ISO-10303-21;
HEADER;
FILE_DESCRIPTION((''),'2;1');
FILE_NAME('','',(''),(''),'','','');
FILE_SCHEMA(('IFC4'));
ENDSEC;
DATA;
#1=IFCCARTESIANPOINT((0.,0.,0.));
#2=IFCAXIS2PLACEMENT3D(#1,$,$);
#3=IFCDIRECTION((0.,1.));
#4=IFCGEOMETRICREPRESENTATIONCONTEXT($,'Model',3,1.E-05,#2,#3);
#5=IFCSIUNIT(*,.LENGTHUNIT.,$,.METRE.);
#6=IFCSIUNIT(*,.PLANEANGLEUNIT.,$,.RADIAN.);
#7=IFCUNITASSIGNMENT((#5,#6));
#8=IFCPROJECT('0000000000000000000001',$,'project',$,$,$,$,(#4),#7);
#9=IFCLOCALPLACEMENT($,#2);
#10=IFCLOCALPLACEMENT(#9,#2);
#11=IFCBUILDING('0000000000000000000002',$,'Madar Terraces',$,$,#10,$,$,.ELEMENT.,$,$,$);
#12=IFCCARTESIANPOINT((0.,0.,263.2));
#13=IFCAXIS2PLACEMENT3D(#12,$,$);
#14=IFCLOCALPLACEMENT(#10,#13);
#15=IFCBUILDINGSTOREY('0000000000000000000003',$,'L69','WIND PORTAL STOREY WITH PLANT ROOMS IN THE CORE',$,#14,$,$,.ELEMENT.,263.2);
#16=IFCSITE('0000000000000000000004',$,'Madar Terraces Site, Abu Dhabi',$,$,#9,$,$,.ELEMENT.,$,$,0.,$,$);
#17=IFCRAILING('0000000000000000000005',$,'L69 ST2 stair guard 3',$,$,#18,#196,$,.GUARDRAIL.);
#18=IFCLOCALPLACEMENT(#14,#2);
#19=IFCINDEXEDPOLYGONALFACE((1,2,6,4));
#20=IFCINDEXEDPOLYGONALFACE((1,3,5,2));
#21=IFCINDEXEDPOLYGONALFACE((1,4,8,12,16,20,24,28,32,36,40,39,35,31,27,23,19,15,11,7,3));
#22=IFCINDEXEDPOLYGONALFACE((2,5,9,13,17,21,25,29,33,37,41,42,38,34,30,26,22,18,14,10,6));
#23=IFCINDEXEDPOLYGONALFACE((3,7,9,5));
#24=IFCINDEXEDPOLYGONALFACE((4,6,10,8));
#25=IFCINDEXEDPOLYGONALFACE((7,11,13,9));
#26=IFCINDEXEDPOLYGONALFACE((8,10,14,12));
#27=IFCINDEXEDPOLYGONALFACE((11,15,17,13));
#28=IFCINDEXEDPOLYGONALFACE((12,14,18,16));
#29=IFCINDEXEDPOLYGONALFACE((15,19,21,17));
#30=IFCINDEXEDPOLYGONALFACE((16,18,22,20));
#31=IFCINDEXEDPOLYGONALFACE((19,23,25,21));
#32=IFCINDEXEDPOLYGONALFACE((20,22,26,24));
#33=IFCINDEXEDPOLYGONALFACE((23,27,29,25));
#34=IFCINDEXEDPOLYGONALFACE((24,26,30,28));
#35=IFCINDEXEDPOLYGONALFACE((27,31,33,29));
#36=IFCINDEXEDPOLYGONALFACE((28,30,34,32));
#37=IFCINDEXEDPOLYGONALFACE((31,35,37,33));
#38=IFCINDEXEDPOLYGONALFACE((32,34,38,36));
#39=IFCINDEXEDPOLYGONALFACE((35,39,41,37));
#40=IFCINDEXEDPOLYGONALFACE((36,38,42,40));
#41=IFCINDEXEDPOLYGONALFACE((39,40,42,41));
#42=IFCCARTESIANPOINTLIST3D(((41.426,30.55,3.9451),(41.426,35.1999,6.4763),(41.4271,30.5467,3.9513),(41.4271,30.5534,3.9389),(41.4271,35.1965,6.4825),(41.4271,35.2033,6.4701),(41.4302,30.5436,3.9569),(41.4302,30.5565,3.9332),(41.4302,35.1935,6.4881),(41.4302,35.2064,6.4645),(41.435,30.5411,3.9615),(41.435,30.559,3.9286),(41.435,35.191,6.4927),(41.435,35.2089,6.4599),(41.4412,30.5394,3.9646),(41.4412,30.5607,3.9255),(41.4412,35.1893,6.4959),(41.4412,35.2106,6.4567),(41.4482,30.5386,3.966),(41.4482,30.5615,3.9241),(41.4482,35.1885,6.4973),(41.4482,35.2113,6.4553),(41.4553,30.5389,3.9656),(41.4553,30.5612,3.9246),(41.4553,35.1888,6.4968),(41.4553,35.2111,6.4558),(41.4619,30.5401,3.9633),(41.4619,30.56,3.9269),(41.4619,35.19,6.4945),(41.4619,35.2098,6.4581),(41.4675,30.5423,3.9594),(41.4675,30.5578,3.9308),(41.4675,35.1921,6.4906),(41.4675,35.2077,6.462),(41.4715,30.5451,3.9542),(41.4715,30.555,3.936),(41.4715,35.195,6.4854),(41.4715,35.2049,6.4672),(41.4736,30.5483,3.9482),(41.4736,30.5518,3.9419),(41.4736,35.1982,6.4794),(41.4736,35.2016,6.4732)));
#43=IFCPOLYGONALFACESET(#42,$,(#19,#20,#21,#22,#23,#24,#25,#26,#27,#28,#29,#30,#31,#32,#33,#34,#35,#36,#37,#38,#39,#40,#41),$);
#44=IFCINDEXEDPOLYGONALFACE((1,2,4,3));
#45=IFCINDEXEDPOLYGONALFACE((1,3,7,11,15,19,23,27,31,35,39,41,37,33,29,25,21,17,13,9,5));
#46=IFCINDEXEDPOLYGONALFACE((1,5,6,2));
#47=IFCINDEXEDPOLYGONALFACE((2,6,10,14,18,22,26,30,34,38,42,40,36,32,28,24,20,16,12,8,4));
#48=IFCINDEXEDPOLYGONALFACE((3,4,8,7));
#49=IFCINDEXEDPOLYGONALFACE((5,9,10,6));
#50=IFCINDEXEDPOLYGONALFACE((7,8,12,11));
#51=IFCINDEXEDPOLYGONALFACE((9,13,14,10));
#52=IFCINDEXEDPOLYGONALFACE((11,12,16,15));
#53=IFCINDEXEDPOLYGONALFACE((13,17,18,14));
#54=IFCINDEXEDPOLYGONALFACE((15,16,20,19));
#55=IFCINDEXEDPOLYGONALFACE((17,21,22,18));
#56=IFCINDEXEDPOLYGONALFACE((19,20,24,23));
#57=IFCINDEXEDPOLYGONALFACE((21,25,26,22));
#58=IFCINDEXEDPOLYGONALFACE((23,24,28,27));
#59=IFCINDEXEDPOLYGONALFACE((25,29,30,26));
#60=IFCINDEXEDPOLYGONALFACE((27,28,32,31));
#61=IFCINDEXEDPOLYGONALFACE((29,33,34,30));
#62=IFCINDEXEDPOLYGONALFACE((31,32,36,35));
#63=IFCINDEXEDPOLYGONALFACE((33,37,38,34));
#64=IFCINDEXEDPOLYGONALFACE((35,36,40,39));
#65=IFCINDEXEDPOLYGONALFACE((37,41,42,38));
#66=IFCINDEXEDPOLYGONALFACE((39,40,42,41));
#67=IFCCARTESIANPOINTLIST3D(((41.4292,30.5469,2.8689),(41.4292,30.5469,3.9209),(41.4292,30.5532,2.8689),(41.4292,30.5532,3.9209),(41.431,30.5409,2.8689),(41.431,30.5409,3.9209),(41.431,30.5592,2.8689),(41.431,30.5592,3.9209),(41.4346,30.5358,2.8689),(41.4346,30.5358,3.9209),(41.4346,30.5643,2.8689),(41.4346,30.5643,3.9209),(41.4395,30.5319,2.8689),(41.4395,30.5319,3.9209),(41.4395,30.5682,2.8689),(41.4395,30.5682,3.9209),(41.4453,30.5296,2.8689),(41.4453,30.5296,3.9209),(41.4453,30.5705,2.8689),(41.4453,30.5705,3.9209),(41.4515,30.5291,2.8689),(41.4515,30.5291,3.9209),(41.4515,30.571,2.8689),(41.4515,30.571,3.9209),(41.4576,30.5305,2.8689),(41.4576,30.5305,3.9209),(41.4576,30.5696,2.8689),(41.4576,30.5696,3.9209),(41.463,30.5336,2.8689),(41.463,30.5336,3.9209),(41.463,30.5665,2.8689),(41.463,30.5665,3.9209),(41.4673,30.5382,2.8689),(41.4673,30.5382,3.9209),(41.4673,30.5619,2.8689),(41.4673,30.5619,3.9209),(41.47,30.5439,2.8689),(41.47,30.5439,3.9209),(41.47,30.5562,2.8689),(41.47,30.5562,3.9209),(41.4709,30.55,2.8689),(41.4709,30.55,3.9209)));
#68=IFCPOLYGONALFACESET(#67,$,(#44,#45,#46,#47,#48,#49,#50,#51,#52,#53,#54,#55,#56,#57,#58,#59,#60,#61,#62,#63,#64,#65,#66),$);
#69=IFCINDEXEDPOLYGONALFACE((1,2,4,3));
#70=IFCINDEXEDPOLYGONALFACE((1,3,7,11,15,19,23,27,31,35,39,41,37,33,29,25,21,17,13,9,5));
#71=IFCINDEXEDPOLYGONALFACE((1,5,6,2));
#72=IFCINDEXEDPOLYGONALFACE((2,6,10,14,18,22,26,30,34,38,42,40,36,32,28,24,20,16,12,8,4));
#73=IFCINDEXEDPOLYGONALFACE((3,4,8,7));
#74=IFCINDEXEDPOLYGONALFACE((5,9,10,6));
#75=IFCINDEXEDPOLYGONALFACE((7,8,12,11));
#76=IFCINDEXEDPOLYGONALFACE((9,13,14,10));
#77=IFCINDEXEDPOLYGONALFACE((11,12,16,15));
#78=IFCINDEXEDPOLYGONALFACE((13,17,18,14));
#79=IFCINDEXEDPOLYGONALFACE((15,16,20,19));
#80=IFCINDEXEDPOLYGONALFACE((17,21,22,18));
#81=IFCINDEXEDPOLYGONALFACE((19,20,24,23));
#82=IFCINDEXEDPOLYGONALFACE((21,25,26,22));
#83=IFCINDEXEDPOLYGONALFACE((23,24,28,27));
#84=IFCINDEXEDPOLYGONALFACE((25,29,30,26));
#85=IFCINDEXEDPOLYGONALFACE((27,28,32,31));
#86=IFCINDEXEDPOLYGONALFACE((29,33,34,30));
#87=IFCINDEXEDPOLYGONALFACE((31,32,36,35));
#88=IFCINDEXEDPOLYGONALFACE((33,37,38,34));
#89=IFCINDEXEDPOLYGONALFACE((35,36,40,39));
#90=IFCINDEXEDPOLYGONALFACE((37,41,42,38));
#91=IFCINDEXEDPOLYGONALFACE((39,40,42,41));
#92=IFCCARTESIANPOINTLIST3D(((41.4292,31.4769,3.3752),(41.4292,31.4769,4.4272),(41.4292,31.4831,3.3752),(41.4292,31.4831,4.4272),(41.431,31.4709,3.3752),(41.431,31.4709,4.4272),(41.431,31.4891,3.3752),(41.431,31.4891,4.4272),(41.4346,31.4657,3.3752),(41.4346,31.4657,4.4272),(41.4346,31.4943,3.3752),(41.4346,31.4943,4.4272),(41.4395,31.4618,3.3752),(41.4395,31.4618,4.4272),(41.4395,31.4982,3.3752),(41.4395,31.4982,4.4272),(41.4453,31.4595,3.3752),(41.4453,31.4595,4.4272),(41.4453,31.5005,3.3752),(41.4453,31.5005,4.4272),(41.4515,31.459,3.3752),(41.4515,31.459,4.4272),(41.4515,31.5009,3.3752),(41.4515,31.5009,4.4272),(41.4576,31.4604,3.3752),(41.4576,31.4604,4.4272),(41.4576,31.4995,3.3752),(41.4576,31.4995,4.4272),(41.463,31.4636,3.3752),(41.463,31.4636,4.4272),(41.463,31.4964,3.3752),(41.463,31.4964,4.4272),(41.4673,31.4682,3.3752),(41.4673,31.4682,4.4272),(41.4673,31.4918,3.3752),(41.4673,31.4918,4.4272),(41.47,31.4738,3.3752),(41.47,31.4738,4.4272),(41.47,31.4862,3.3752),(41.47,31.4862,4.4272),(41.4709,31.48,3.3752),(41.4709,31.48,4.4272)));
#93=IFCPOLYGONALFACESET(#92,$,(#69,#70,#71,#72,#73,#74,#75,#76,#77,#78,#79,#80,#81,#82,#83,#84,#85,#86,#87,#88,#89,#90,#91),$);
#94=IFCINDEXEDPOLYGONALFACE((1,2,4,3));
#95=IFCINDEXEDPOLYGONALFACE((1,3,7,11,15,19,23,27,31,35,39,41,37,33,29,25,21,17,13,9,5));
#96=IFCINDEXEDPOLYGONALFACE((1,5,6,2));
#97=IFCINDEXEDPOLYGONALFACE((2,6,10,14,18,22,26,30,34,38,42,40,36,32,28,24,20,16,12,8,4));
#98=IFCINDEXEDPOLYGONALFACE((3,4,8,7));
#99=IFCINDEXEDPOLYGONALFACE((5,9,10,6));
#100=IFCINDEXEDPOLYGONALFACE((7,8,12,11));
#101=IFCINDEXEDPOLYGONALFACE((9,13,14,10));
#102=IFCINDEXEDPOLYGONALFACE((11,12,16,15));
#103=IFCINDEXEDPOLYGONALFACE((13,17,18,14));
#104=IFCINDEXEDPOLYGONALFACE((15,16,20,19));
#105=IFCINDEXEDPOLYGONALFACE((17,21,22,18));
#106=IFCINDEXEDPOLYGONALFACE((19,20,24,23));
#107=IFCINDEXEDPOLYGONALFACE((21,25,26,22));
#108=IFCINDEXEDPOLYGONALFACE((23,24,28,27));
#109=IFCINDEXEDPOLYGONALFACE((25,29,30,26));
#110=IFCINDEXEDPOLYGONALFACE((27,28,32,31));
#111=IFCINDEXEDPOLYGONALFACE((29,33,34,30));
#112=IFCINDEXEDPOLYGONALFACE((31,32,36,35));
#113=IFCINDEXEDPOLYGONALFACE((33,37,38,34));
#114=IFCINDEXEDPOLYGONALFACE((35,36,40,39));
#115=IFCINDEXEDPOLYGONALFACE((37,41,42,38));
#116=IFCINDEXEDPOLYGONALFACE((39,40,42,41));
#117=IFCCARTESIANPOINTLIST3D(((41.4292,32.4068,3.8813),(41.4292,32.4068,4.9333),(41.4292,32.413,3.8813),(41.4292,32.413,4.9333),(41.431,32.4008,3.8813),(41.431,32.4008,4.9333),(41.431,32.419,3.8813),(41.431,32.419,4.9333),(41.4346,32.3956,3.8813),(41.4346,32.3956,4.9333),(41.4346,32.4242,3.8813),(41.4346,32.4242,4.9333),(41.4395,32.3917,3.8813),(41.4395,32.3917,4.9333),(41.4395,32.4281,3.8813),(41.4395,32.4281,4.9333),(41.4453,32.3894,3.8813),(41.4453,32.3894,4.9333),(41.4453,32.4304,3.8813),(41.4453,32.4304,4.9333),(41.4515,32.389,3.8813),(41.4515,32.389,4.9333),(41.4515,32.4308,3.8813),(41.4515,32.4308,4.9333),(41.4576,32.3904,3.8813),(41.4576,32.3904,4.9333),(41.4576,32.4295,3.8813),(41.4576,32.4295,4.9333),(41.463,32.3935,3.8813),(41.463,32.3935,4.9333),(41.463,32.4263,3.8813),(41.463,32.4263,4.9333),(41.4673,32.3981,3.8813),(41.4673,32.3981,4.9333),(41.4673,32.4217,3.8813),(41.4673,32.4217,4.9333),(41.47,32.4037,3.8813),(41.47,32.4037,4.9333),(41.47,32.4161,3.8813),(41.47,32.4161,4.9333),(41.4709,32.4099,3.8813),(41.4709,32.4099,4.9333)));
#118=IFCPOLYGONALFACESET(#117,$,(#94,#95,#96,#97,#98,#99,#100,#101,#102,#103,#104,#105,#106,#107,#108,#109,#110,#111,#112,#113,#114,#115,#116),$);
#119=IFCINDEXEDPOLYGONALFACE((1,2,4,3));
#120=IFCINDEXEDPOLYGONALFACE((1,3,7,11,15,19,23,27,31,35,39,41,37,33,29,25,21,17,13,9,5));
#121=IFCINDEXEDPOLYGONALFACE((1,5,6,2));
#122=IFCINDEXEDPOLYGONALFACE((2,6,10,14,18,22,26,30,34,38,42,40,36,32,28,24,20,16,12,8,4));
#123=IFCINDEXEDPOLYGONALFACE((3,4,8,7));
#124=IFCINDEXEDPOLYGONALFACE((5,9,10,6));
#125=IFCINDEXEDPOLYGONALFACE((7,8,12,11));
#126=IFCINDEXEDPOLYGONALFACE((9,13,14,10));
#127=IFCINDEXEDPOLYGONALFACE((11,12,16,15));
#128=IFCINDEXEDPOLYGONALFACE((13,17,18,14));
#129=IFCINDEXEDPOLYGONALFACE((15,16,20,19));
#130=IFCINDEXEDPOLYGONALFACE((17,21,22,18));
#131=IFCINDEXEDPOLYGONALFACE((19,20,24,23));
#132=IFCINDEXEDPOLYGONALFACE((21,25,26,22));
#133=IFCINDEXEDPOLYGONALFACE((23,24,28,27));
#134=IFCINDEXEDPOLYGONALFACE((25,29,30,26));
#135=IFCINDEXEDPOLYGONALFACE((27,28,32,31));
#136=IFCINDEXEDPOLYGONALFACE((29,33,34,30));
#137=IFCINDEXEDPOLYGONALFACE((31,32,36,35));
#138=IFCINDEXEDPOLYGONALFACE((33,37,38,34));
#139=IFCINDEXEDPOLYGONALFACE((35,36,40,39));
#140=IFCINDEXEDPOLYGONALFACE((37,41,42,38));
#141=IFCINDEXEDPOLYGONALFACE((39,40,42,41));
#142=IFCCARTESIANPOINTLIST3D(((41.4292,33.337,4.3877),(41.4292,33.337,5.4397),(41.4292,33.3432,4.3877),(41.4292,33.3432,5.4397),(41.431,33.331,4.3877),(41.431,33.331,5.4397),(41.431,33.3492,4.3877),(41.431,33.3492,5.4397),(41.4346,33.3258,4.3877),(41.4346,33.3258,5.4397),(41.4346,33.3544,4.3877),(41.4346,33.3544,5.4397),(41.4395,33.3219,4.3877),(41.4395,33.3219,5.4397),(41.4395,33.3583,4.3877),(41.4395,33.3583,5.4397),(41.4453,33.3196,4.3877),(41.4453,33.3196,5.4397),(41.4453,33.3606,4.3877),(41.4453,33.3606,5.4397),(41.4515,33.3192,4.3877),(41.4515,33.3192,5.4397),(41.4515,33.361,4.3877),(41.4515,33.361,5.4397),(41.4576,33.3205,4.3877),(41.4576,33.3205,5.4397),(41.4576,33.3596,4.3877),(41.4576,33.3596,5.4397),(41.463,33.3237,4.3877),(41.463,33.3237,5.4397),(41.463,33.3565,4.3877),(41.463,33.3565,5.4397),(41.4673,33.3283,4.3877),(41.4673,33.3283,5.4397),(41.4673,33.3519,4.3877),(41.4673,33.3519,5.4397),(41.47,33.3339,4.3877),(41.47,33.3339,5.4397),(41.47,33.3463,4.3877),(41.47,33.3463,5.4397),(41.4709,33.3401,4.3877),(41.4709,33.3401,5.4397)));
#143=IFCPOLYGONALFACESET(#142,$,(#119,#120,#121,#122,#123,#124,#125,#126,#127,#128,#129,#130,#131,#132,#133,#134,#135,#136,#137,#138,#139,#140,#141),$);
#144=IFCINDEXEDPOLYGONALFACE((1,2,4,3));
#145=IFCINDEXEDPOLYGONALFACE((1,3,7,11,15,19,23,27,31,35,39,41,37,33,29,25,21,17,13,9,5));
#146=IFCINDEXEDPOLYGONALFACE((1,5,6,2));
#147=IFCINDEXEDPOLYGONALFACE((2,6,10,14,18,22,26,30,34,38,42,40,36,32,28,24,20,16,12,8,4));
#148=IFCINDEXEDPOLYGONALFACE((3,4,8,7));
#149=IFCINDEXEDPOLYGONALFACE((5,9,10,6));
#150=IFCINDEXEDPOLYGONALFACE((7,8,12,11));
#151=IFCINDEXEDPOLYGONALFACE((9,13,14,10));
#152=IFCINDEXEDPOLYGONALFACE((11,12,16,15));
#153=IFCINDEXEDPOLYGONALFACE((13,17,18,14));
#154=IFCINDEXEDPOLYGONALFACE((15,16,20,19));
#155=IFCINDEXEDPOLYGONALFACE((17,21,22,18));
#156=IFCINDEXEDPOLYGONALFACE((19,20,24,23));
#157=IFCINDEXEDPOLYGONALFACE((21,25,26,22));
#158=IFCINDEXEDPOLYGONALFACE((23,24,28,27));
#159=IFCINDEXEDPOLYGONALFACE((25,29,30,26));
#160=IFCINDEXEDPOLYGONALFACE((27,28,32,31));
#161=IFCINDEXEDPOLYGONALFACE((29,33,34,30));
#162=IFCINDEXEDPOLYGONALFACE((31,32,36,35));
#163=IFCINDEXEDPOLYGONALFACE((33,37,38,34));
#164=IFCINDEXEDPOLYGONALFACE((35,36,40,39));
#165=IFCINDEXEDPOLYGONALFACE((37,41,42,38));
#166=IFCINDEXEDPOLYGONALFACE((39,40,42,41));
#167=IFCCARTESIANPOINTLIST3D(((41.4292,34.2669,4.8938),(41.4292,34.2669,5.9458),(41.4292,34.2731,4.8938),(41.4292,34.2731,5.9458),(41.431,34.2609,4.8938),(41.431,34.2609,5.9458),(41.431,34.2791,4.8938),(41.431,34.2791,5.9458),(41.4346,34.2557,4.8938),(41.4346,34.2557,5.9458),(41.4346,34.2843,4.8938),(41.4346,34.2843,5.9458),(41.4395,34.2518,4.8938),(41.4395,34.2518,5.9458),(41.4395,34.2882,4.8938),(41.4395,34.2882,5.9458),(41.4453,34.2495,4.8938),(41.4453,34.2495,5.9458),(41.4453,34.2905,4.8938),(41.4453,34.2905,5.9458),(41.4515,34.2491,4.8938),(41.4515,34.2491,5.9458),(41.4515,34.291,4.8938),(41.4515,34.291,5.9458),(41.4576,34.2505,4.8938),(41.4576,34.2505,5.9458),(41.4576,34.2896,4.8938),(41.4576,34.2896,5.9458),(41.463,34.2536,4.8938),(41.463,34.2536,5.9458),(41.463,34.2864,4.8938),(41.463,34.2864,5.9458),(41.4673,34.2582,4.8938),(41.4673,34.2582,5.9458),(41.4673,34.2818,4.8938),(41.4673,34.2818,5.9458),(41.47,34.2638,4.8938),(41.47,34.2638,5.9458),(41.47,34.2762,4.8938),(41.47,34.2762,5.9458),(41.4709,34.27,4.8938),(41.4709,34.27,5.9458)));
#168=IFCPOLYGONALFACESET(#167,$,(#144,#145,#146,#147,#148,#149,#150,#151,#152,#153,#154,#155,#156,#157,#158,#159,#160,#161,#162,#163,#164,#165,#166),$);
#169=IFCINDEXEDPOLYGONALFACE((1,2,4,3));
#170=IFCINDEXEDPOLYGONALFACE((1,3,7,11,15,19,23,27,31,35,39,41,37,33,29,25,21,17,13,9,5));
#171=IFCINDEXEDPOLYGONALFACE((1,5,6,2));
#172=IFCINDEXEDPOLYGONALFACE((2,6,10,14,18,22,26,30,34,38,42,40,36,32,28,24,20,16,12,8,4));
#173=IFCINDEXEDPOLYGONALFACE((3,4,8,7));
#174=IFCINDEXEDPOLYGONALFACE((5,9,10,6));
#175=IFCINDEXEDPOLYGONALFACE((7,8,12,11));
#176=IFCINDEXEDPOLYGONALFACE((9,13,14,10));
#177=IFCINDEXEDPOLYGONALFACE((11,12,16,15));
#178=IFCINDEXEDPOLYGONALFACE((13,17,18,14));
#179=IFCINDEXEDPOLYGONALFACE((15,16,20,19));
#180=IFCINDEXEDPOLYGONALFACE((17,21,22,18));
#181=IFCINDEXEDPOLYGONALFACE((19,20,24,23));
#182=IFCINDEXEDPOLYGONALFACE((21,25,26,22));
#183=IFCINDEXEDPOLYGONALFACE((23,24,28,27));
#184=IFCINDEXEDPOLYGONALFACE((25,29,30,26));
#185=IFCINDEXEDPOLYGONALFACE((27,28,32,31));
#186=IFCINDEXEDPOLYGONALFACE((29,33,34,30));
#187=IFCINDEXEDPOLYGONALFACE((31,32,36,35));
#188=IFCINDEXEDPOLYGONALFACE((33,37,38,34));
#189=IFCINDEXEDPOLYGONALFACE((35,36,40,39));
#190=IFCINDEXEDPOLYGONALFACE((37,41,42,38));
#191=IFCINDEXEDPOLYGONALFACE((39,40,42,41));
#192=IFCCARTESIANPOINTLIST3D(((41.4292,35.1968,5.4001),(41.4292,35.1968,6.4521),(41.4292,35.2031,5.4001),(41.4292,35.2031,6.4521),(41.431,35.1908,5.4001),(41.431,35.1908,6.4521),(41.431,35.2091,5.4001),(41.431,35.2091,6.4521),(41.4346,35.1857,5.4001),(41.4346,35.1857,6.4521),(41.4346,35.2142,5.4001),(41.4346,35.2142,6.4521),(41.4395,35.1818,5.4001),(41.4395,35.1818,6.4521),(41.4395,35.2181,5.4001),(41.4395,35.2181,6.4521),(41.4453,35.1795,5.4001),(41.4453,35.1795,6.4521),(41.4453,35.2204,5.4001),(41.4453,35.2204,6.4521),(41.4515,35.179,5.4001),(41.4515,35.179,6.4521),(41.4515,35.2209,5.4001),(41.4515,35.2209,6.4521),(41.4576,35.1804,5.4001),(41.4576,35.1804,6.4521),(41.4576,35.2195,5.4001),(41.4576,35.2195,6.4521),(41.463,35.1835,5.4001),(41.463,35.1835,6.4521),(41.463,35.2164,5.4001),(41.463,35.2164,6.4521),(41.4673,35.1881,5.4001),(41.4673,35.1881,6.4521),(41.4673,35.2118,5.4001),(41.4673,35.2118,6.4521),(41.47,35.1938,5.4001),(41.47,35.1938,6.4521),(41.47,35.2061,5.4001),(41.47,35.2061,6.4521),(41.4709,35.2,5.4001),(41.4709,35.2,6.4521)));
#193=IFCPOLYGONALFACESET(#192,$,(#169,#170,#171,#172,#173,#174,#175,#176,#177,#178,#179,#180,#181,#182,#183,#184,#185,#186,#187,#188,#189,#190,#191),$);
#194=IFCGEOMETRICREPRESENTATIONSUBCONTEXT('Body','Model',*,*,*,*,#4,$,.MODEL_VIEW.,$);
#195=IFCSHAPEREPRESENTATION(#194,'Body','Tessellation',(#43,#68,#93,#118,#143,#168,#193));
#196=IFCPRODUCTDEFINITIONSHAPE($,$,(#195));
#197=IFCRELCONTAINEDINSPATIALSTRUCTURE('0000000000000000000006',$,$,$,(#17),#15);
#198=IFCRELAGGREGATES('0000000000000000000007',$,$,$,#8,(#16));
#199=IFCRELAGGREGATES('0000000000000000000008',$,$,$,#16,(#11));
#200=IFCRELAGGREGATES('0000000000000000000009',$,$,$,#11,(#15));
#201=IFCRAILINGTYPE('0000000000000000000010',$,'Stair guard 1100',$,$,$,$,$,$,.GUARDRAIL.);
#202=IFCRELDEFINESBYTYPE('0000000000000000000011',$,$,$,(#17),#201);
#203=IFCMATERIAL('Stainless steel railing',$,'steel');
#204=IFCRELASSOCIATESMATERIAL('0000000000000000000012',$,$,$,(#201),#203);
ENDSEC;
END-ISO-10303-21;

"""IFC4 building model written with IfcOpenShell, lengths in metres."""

from ifc_helpers import new_model, si_unit, direction, frame, origin, origin_2d, place, context, subcontext, project, spatial, circle, extrude, material, type_object, element, save


model = new_model("IFC4")

# Units and contexts
model_context = context("Model", 3, precision=1e-05, world=origin(), true_north=direction((0.0, 1.0)))
body_context = subcontext(model_context, "Body", "Model", "MODEL_VIEW")
ifc_project = project(units=[si_unit("LENGTHUNIT", "METRE"), si_unit("PLANEANGLEUNIT", "RADIAN")], contexts=[model_context])

# Site, building, storey
site_placement = place(None, origin())
site = spatial("IfcSite", under=ifc_project, at=site_placement, Name="Madar Terraces Site, Abu Dhabi", CompositionType="ELEMENT", RefElevation=0.0)
building_placement = place(site_placement, origin())
building = spatial("IfcBuilding", under=site, at=building_placement, Name="Madar Terraces", CompositionType="ELEMENT")
storey_placement = place(building_placement, frame((0.0, 0.0, 263.2)))
storey = spatial("IfcBuildingStorey", under=building, at=storey_placement, Name="L69", Description="WIND PORTAL STOREY WITH PLANT ROOMS IN THE CORE", CompositionType="ELEMENT", Elevation=263.2)

# Railing
ifc_material_1 = material(Name="Stainless steel railing", Category="steel")
railing_type_1 = type_object("IfcRailingType", Name="Stair guard 1100", PredefinedType="GUARDRAIL", material=ifc_material_1)
railing_1_placement = place(storey_placement, frame((41.45, 30.55, 2.8689)))
element("IfcRailing", 1, at=railing_1_placement, inside=storey, type_object=railing_type_1, Name="L69 ST2 stair guard 3", PredefinedType="GUARDRAIL", context=body_context, shape_type="SweptSolid", body=[
    extrude(circle(Radius=0.0239, at=origin_2d()), frame((0.0, 0.0, 1.0762), z_axis=(0.0, 0.878297, 0.478115), x_axis=(-1.0, 0.0, 0.0)), (0.0, 0.0, 1.0), 5.2942),
    extrude(circle(Radius=0.021, at=origin_2d()), origin(), (0.0, 0.0, 1.0), 1.052),
    extrude(circle(Radius=0.021, at=origin_2d()), frame((0.0, 0.9299, 0.5063)), (0.0, 0.0, 1.0), 1.052),
    extrude(circle(Radius=0.021, at=origin_2d()), frame((0.0, 1.8599, 1.0125)), (0.0, 0.0, 1.0), 1.052),
    extrude(circle(Radius=0.021, at=origin_2d()), frame((0.0, 2.79, 1.5188)), (0.0, 0.0, 1.0), 1.052),
    extrude(circle(Radius=0.021, at=origin_2d()), frame((0.0, 3.72, 2.0249)), (0.0, 0.0, 1.0), 1.052),
    extrude(circle(Radius=0.021, at=origin_2d()), frame((0.0, 4.6499, 2.5312)), (0.0, 0.0, 1.0), 1.052),
])

save(model, "model.ifc")
